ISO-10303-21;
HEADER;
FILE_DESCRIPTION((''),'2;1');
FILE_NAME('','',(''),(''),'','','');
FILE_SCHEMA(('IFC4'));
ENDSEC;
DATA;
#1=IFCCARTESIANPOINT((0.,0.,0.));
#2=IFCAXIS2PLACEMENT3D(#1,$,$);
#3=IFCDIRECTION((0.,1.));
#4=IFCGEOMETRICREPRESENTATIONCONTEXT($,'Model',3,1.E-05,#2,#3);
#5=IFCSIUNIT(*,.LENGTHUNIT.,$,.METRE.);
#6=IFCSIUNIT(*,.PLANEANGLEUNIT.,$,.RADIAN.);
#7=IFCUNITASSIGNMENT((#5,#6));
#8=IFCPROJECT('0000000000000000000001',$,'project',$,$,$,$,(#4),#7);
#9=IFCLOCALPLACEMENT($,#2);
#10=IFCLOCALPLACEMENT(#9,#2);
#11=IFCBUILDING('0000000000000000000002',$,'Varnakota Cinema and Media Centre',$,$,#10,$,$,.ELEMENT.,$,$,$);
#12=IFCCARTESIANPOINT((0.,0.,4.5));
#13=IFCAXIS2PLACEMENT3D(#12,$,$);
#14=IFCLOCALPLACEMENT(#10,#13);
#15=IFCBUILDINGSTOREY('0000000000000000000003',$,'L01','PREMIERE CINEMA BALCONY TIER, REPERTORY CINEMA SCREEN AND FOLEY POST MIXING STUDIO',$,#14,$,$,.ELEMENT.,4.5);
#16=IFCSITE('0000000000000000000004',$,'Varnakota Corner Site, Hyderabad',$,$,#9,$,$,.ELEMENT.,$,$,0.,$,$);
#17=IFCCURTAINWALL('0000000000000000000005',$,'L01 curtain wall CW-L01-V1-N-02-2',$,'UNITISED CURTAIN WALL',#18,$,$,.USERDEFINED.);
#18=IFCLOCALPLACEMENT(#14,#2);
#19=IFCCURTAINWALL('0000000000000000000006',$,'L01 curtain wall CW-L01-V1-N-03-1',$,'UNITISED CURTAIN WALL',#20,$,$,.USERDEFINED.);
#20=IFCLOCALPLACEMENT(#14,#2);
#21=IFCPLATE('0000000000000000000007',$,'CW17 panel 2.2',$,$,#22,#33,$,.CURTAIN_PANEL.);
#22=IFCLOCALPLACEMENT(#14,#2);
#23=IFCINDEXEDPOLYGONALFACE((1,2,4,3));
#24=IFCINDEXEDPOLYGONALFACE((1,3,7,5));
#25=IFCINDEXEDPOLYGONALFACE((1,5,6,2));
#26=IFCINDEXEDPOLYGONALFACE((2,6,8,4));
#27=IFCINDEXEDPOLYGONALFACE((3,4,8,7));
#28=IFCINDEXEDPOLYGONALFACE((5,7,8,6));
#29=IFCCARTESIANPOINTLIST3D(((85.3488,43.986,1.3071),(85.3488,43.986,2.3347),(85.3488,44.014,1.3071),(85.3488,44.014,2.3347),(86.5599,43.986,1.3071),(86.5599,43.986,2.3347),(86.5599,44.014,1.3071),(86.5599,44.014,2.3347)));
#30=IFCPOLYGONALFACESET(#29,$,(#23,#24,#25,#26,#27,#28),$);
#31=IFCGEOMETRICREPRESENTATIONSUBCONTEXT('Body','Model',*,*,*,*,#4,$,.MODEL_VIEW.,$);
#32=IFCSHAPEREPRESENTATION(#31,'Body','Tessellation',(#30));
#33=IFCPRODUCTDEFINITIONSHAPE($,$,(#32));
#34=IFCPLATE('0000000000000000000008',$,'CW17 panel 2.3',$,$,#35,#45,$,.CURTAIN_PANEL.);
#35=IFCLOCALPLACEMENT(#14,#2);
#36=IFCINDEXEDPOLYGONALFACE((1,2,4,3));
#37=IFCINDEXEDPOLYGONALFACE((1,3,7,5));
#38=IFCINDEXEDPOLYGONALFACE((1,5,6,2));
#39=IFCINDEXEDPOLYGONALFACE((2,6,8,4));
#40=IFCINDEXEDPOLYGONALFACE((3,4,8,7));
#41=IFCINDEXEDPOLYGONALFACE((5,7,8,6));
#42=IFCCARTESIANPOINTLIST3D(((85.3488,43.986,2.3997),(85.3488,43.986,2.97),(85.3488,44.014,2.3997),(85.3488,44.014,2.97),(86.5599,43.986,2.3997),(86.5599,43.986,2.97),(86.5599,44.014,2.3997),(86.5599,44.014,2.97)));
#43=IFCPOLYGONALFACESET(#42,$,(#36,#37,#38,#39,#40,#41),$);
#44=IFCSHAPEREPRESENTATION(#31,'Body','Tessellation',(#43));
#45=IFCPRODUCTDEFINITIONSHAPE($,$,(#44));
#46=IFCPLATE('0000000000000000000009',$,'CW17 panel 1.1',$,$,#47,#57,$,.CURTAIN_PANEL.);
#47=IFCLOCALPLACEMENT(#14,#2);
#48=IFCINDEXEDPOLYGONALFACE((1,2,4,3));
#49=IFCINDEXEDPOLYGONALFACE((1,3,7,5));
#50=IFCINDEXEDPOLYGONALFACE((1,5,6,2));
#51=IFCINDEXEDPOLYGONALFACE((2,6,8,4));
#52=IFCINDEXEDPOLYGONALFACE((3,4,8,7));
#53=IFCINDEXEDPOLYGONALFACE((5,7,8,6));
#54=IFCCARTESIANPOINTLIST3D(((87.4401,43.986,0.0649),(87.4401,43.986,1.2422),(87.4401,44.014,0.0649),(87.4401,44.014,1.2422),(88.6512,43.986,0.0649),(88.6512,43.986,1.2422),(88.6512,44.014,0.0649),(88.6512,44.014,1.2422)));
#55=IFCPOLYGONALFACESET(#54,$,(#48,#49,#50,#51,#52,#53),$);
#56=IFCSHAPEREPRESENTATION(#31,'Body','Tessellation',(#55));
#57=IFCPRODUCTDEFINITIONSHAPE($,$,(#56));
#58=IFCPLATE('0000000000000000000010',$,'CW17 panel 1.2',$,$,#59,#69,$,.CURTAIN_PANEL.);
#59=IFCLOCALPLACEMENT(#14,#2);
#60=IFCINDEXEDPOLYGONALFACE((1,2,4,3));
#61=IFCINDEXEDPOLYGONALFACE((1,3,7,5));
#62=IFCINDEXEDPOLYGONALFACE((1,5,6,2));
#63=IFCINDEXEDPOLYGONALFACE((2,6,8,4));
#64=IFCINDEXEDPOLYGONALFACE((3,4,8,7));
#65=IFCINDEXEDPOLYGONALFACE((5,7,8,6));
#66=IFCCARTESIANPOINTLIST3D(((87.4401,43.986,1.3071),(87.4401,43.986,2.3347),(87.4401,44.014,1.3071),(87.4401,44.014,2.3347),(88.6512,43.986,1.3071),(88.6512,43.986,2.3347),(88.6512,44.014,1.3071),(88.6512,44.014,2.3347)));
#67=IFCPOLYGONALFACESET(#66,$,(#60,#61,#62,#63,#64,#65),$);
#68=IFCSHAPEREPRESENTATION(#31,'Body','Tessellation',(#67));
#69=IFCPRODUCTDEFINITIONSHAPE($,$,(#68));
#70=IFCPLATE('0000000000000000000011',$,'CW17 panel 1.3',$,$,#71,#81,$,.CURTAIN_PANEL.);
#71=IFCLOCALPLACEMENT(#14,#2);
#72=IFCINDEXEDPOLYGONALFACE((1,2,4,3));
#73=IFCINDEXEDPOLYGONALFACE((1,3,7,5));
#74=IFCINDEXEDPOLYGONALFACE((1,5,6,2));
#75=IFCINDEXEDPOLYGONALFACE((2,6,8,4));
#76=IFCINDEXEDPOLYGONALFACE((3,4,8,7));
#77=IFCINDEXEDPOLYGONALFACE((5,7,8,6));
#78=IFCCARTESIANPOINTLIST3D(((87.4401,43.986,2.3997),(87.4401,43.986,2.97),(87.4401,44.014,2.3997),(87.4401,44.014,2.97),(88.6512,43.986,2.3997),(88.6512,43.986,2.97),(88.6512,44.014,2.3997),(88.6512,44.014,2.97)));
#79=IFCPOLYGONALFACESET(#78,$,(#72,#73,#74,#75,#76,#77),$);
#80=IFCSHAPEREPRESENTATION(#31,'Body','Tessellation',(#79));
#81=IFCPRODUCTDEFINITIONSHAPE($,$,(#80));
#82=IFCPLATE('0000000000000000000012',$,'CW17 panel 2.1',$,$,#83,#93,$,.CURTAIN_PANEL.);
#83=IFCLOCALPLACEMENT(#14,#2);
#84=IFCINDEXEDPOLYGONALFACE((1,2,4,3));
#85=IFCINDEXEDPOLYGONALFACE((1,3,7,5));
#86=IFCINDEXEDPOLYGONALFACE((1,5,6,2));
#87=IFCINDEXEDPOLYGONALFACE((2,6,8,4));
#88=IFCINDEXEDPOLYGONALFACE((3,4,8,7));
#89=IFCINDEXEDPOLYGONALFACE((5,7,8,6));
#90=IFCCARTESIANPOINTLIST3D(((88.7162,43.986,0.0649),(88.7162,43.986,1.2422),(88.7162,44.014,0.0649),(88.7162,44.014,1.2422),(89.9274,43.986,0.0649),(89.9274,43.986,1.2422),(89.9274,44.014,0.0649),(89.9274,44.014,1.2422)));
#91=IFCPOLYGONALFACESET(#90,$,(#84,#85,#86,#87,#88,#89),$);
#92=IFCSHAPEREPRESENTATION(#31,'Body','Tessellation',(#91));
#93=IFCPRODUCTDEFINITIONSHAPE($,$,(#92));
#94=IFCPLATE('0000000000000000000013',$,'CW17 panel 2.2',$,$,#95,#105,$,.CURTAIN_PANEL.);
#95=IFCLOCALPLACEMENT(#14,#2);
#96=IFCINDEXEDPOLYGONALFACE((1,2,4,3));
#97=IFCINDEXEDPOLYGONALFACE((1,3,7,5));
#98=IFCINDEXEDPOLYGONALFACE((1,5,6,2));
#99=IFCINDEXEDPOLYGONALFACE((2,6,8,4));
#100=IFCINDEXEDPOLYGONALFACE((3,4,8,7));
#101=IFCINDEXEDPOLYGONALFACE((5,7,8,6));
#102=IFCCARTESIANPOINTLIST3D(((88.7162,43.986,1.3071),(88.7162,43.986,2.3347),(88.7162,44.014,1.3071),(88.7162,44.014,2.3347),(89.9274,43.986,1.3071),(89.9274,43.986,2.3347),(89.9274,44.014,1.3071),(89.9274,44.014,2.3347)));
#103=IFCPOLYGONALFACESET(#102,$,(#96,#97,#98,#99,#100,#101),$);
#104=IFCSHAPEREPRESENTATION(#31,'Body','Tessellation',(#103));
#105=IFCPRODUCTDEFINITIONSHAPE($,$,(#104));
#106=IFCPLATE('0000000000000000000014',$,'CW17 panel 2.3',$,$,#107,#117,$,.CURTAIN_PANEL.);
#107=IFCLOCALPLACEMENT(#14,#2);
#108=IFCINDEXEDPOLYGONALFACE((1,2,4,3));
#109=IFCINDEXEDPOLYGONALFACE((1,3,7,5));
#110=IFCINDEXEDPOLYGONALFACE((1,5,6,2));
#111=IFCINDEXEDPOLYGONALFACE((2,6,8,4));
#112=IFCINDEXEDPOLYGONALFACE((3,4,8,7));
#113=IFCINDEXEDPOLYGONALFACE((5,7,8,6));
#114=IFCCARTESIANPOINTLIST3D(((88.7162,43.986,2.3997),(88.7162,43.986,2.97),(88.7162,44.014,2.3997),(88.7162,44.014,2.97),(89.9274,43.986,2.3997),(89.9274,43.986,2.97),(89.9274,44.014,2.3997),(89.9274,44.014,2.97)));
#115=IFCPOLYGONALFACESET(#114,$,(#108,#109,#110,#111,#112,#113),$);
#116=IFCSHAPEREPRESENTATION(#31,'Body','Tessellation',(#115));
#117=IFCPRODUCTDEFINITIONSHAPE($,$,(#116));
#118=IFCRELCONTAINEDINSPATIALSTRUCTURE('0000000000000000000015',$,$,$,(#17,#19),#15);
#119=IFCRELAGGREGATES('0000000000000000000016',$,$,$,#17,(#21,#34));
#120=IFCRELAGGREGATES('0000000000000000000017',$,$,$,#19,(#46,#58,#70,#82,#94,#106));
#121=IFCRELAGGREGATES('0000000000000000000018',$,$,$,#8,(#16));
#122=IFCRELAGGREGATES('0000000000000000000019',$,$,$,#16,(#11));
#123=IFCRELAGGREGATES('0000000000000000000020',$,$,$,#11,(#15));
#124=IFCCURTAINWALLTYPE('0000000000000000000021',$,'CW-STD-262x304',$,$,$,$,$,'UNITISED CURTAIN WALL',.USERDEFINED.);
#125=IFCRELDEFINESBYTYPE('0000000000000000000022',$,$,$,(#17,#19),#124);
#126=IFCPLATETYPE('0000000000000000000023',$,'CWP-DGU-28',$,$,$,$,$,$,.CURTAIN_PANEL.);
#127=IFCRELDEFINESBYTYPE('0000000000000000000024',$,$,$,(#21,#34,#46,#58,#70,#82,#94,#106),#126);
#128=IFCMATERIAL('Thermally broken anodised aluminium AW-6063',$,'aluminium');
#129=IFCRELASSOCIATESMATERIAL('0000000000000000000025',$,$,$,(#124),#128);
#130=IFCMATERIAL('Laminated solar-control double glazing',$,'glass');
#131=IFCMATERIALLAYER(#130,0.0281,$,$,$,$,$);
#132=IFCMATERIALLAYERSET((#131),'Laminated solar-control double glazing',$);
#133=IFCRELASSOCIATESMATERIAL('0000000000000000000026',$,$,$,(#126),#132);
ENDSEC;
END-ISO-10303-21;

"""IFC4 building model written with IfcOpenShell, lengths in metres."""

from ifc_helpers import new_model, si_unit, direction, frame, origin, origin_2d, place, context, subcontext, project, spatial, rectangle, extrude, material, layer, layer_set, type_object, element, aggregate, save


model = new_model("IFC4")

# Units and contexts
model_context = context("Model", 3, precision=1e-05, world=origin(), true_north=direction((0.0, 1.0)))
body_context = subcontext(model_context, "Body", "Model", "MODEL_VIEW")
ifc_project = project(units=[si_unit("LENGTHUNIT", "METRE"), si_unit("PLANEANGLEUNIT", "RADIAN")], contexts=[model_context])

# Site, building, storey
site_placement = place(None, origin())
site = spatial("IfcSite", under=ifc_project, at=site_placement, Name="Varnakota Corner Site, Hyderabad", CompositionType="ELEMENT", RefElevation=0.0)
building_placement = place(site_placement, origin())
building = spatial("IfcBuilding", under=site, at=building_placement, Name="Varnakota Cinema and Media Centre", CompositionType="ELEMENT")
storey_placement = place(building_placement, frame((0.0, 0.0, 4.5)))
storey = spatial("IfcBuildingStorey", under=building, at=storey_placement, Name="L01", Description="PREMIERE CINEMA BALCONY TIER, REPERTORY CINEMA SCREEN AND FOLEY POST MIXING STUDIO", CompositionType="ELEMENT", Elevation=4.5)

# Curtain walls
ifc_material_1 = material(Name="Thermally broken anodised aluminium AW-6063", Category="aluminium")
curtain_wall_type = type_object("IfcCurtainWallType", Name="CW-STD-262x304", ElementType="UNITISED CURTAIN WALL", PredefinedType="USERDEFINED", material=ifc_material_1)
curtain_wall_1_placement = place(storey_placement, origin())
curtain_wall_1 = element("IfcCurtainWall", 1, at=curtain_wall_1_placement, inside=storey, type_object=curtain_wall_type, Name="L01 curtain wall CW-L01-V1-N-02-2", ObjectType="UNITISED CURTAIN WALL", PredefinedType="USERDEFINED")
curtain_wall_2_placement = place(storey_placement, origin())
curtain_wall_2 = element("IfcCurtainWall", 2, at=curtain_wall_2_placement, inside=storey, type_object=curtain_wall_type, Name="L01 curtain wall CW-L01-V1-N-03-1", ObjectType="UNITISED CURTAIN WALL", PredefinedType="USERDEFINED")

# Plates
ifc_material_2 = material(Name="Laminated solar-control double glazing", Category="glass")
ifc_layer = layer(ifc_material_2, 0.0281)
ifc_layer_set = layer_set([ifc_layer], Name="Laminated solar-control double glazing")
plate_type = type_object("IfcPlateType", Name="CWP-DGU-28", PredefinedType="CURTAIN_PANEL", material=ifc_layer_set)
plate_1_placement = place(storey_placement, frame((85.9543, 44.0, 1.3071), z_axis=(0.0, 0.0, 1.0), x_axis=(1.0, 0.0, 0.0)))
plate_1 = element("IfcPlate", 3, at=plate_1_placement, type_object=plate_type, Name="CW17 panel 2.2", PredefinedType="CURTAIN_PANEL", context=body_context, shape_type="SweptSolid", body=[
    extrude(rectangle(XDim=1.2112, YDim=0.0281, at=origin_2d()), origin(), (0.0, 0.0, 1.0), 1.0276),
])
plate_2_placement = place(storey_placement, frame((85.9543, 44.0, 2.3997), z_axis=(0.0, 0.0, 1.0), x_axis=(1.0, 0.0, 0.0)))
plate_2 = element("IfcPlate", 4, at=plate_2_placement, type_object=plate_type, Name="CW17 panel 2.3", PredefinedType="CURTAIN_PANEL", context=body_context, shape_type="SweptSolid", body=[
    extrude(rectangle(XDim=1.2112, YDim=0.0281, at=origin_2d()), origin(), (0.0, 0.0, 1.0), 0.5703),
])
aggregate(curtain_wall_1, [plate_1, plate_2])
plate_3_placement = place(storey_placement, frame((88.0457, 44.0, 0.0649), z_axis=(0.0, 0.0, 1.0), x_axis=(1.0, 0.0, 0.0)))
plate_3 = element("IfcPlate", 5, at=plate_3_placement, type_object=plate_type, Name="CW17 panel 1.1", PredefinedType="CURTAIN_PANEL", context=body_context, shape_type="SweptSolid", body=[
    extrude(rectangle(XDim=1.2112, YDim=0.0281, at=origin_2d()), origin(), (0.0, 0.0, 1.0), 1.1772),
])
plate_4_placement = place(storey_placement, frame((88.0457, 44.0, 1.3071), z_axis=(0.0, 0.0, 1.0), x_axis=(1.0, 0.0, 0.0)))
plate_4 = element("IfcPlate", 6, at=plate_4_placement, type_object=plate_type, Name="CW17 panel 1.2", PredefinedType="CURTAIN_PANEL", context=body_context, shape_type="SweptSolid", body=[
    extrude(rectangle(XDim=1.2112, YDim=0.0281, at=origin_2d()), origin(), (0.0, 0.0, 1.0), 1.0276),
])
plate_5_placement = place(storey_placement, frame((88.0457, 44.0, 2.3997), z_axis=(0.0, 0.0, 1.0), x_axis=(1.0, 0.0, 0.0)))
plate_5 = element("IfcPlate", 7, at=plate_5_placement, type_object=plate_type, Name="CW17 panel 1.3", PredefinedType="CURTAIN_PANEL", context=body_context, shape_type="SweptSolid", body=[
    extrude(rectangle(XDim=1.2112, YDim=0.0281, at=origin_2d()), origin(), (0.0, 0.0, 1.0), 0.5703),
])
plate_6_placement = place(storey_placement, frame((89.3218, 44.0, 0.0649), z_axis=(0.0, 0.0, 1.0), x_axis=(1.0, 0.0, 0.0)))
plate_6 = element("IfcPlate", 8, at=plate_6_placement, type_object=plate_type, Name="CW17 panel 2.1", PredefinedType="CURTAIN_PANEL", context=body_context, shape_type="SweptSolid", body=[
    extrude(rectangle(XDim=1.2112, YDim=0.0281, at=origin_2d()), origin(), (0.0, 0.0, 1.0), 1.1772),
])
plate_7_placement = place(storey_placement, frame((89.3218, 44.0, 1.3071), z_axis=(0.0, 0.0, 1.0), x_axis=(1.0, 0.0, 0.0)))
plate_7 = element("IfcPlate", 9, at=plate_7_placement, type_object=plate_type, Name="CW17 panel 2.2", PredefinedType="CURTAIN_PANEL", context=body_context, shape_type="SweptSolid", body=[
    extrude(rectangle(XDim=1.2112, YDim=0.0281, at=origin_2d()), origin(), (0.0, 0.0, 1.0), 1.0276),
])
plate_8_placement = place(storey_placement, frame((89.3218, 44.0, 2.3997), z_axis=(0.0, 0.0, 1.0), x_axis=(1.0, 0.0, 0.0)))
plate_8 = element("IfcPlate", 10, at=plate_8_placement, type_object=plate_type, Name="CW17 panel 2.3", PredefinedType="CURTAIN_PANEL", context=body_context, shape_type="SweptSolid", body=[
    extrude(rectangle(XDim=1.2112, YDim=0.0281, at=origin_2d()), origin(), (0.0, 0.0, 1.0), 0.5703),
])
aggregate(curtain_wall_2, [plate_3, plate_4, plate_5, plate_6, plate_7, plate_8])

save(model, "model.ifc")
